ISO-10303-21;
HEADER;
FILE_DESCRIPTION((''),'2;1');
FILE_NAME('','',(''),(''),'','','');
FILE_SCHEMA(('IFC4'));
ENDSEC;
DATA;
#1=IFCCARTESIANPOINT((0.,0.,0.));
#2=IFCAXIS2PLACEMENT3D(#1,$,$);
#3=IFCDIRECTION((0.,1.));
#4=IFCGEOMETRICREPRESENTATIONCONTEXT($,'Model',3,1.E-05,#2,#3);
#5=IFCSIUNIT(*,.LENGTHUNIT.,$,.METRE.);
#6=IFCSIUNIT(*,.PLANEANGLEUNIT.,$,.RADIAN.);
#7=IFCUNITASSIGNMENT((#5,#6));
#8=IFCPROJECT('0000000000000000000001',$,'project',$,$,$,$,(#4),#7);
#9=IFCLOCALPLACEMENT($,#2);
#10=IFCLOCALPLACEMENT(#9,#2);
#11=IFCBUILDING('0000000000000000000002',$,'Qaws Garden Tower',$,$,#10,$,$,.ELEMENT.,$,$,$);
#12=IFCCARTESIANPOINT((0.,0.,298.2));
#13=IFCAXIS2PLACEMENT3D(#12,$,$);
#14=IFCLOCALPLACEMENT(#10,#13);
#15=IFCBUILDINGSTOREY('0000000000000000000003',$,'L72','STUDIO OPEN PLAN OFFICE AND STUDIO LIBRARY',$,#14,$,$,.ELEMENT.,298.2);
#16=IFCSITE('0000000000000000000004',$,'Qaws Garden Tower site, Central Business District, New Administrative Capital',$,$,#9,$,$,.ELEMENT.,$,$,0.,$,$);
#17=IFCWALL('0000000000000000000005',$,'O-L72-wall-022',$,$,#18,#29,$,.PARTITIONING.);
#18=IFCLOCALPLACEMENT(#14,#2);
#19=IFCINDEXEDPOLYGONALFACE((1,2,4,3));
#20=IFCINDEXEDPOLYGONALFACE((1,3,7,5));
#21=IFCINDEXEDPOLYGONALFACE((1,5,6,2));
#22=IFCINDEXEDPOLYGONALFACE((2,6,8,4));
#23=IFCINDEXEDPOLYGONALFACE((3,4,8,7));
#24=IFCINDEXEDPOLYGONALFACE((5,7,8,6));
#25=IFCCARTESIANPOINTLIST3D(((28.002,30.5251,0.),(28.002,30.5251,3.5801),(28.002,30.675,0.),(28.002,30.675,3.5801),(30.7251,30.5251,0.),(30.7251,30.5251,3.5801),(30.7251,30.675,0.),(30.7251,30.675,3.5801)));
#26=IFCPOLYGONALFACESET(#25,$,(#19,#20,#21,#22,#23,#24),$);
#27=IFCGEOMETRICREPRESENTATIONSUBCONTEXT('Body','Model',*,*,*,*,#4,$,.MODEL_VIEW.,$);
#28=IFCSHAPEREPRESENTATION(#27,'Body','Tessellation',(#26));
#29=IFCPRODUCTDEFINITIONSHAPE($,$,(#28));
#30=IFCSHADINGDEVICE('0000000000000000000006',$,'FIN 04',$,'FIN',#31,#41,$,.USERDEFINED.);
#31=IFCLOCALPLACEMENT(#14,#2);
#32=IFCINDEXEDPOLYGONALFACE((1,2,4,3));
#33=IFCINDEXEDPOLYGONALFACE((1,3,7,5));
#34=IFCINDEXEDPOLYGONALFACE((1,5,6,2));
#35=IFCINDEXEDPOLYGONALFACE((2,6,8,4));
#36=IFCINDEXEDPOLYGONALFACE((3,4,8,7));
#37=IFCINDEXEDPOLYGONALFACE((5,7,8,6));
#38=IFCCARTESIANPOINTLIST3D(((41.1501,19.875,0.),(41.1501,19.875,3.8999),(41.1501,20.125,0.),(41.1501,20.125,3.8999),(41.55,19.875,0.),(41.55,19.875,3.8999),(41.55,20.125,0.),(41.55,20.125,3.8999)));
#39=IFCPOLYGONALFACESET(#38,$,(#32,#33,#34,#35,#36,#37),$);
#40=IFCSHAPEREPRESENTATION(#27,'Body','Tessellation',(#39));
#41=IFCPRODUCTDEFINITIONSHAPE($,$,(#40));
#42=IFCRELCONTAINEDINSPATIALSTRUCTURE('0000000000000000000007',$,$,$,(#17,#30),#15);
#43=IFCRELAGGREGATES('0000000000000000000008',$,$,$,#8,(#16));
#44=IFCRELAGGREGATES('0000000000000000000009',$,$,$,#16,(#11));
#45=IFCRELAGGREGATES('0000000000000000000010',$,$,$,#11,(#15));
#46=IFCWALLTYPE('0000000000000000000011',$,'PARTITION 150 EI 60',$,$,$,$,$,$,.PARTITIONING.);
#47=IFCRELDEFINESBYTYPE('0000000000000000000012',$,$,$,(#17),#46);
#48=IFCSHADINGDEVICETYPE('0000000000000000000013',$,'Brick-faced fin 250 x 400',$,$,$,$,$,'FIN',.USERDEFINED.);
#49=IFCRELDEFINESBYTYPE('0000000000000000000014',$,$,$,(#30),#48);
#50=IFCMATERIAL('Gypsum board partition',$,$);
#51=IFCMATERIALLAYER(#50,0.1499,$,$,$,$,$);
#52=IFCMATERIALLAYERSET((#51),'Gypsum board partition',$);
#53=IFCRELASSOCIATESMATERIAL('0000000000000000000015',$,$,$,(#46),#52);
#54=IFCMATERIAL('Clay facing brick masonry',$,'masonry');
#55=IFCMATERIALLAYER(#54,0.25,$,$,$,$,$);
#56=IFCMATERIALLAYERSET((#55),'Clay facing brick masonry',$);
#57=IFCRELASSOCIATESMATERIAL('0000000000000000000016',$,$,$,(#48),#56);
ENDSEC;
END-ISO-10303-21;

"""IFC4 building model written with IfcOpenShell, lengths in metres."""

from ifc_helpers import new_model, si_unit, direction, frame, frame_2d, origin, origin_2d, place, context, subcontext, project, spatial, rectangle, extrude, material, layer, layer_set, type_object, element, save


model = new_model("IFC4")

# Units and contexts
model_context = context("Model", 3, precision=1e-05, world=origin(), true_north=direction((0.0, 1.0)))
body_context = subcontext(model_context, "Body", "Model", "MODEL_VIEW")
ifc_project = project(units=[si_unit("LENGTHUNIT", "METRE"), si_unit("PLANEANGLEUNIT", "RADIAN")], contexts=[model_context])

# Site, building, storey
site_placement = place(None, origin())
site = spatial("IfcSite", under=ifc_project, at=site_placement, Name="Qaws Garden Tower site, Central Business District, New Administrative Capital", CompositionType="ELEMENT", RefElevation=0.0)
building_placement = place(site_placement, origin())
building = spatial("IfcBuilding", under=site, at=building_placement, Name="Qaws Garden Tower", CompositionType="ELEMENT")
storey_placement = place(building_placement, frame((0.0, 0.0, 298.2)))
storey = spatial("IfcBuildingStorey", under=building, at=storey_placement, Name="L72", Description="STUDIO OPEN PLAN OFFICE AND STUDIO LIBRARY", CompositionType="ELEMENT", Elevation=298.2)

# Wall
ifc_material_1 = material(Name="Gypsum board partition")
ifc_layer_1 = layer(ifc_material_1, 0.1499)
ifc_layer_set_1 = layer_set([ifc_layer_1], Name="Gypsum board partition")
wall_type_1 = type_object("IfcWallType", Name="PARTITION 150 EI 60", PredefinedType="PARTITIONING", material=ifc_layer_set_1)
wall_1_placement = place(storey_placement, frame((28.002, 30.6001, 0.0), z_axis=(0.0, 0.0, 1.0), x_axis=(1.0, 0.0, 0.0)))
element("IfcWall", 1, at=wall_1_placement, inside=storey, type_object=wall_type_1, Name="O-L72-wall-022", PredefinedType="PARTITIONING", context=body_context, shape_type="SweptSolid", body=[
    extrude(rectangle(XDim=2.7231, YDim=0.1499, at=frame_2d((1.3616, 0.0))), origin(), (0.0, 0.0, 1.0), 3.5801),
])

# Shading device
ifc_material_2 = material(Name="Clay facing brick masonry", Category="masonry")
ifc_layer_2 = layer(ifc_material_2, 0.25)
ifc_layer_set_2 = layer_set([ifc_layer_2], Name="Clay facing brick masonry")
shading_device_type = type_object("IfcShadingDeviceType", Name="Brick-faced fin 250 x 400", ElementType="FIN", PredefinedType="USERDEFINED", material=ifc_layer_set_2)
shading_device_placement = place(storey_placement, frame((41.3501, 20.0, 0.0), z_axis=(0.0, 0.0, 1.0), x_axis=(0.0, 1.0, 0.0)))
element("IfcShadingDevice", 2, at=shading_device_placement, inside=storey, type_object=shading_device_type, Name="FIN 04", ObjectType="FIN", PredefinedType="USERDEFINED", context=body_context, shape_type="SweptSolid", body=[
    extrude(rectangle(XDim=0.25, YDim=0.3999, at=origin_2d()), origin(), (0.0, 0.0, 1.0), 3.8999),
])

save(model, "model.ifc")
